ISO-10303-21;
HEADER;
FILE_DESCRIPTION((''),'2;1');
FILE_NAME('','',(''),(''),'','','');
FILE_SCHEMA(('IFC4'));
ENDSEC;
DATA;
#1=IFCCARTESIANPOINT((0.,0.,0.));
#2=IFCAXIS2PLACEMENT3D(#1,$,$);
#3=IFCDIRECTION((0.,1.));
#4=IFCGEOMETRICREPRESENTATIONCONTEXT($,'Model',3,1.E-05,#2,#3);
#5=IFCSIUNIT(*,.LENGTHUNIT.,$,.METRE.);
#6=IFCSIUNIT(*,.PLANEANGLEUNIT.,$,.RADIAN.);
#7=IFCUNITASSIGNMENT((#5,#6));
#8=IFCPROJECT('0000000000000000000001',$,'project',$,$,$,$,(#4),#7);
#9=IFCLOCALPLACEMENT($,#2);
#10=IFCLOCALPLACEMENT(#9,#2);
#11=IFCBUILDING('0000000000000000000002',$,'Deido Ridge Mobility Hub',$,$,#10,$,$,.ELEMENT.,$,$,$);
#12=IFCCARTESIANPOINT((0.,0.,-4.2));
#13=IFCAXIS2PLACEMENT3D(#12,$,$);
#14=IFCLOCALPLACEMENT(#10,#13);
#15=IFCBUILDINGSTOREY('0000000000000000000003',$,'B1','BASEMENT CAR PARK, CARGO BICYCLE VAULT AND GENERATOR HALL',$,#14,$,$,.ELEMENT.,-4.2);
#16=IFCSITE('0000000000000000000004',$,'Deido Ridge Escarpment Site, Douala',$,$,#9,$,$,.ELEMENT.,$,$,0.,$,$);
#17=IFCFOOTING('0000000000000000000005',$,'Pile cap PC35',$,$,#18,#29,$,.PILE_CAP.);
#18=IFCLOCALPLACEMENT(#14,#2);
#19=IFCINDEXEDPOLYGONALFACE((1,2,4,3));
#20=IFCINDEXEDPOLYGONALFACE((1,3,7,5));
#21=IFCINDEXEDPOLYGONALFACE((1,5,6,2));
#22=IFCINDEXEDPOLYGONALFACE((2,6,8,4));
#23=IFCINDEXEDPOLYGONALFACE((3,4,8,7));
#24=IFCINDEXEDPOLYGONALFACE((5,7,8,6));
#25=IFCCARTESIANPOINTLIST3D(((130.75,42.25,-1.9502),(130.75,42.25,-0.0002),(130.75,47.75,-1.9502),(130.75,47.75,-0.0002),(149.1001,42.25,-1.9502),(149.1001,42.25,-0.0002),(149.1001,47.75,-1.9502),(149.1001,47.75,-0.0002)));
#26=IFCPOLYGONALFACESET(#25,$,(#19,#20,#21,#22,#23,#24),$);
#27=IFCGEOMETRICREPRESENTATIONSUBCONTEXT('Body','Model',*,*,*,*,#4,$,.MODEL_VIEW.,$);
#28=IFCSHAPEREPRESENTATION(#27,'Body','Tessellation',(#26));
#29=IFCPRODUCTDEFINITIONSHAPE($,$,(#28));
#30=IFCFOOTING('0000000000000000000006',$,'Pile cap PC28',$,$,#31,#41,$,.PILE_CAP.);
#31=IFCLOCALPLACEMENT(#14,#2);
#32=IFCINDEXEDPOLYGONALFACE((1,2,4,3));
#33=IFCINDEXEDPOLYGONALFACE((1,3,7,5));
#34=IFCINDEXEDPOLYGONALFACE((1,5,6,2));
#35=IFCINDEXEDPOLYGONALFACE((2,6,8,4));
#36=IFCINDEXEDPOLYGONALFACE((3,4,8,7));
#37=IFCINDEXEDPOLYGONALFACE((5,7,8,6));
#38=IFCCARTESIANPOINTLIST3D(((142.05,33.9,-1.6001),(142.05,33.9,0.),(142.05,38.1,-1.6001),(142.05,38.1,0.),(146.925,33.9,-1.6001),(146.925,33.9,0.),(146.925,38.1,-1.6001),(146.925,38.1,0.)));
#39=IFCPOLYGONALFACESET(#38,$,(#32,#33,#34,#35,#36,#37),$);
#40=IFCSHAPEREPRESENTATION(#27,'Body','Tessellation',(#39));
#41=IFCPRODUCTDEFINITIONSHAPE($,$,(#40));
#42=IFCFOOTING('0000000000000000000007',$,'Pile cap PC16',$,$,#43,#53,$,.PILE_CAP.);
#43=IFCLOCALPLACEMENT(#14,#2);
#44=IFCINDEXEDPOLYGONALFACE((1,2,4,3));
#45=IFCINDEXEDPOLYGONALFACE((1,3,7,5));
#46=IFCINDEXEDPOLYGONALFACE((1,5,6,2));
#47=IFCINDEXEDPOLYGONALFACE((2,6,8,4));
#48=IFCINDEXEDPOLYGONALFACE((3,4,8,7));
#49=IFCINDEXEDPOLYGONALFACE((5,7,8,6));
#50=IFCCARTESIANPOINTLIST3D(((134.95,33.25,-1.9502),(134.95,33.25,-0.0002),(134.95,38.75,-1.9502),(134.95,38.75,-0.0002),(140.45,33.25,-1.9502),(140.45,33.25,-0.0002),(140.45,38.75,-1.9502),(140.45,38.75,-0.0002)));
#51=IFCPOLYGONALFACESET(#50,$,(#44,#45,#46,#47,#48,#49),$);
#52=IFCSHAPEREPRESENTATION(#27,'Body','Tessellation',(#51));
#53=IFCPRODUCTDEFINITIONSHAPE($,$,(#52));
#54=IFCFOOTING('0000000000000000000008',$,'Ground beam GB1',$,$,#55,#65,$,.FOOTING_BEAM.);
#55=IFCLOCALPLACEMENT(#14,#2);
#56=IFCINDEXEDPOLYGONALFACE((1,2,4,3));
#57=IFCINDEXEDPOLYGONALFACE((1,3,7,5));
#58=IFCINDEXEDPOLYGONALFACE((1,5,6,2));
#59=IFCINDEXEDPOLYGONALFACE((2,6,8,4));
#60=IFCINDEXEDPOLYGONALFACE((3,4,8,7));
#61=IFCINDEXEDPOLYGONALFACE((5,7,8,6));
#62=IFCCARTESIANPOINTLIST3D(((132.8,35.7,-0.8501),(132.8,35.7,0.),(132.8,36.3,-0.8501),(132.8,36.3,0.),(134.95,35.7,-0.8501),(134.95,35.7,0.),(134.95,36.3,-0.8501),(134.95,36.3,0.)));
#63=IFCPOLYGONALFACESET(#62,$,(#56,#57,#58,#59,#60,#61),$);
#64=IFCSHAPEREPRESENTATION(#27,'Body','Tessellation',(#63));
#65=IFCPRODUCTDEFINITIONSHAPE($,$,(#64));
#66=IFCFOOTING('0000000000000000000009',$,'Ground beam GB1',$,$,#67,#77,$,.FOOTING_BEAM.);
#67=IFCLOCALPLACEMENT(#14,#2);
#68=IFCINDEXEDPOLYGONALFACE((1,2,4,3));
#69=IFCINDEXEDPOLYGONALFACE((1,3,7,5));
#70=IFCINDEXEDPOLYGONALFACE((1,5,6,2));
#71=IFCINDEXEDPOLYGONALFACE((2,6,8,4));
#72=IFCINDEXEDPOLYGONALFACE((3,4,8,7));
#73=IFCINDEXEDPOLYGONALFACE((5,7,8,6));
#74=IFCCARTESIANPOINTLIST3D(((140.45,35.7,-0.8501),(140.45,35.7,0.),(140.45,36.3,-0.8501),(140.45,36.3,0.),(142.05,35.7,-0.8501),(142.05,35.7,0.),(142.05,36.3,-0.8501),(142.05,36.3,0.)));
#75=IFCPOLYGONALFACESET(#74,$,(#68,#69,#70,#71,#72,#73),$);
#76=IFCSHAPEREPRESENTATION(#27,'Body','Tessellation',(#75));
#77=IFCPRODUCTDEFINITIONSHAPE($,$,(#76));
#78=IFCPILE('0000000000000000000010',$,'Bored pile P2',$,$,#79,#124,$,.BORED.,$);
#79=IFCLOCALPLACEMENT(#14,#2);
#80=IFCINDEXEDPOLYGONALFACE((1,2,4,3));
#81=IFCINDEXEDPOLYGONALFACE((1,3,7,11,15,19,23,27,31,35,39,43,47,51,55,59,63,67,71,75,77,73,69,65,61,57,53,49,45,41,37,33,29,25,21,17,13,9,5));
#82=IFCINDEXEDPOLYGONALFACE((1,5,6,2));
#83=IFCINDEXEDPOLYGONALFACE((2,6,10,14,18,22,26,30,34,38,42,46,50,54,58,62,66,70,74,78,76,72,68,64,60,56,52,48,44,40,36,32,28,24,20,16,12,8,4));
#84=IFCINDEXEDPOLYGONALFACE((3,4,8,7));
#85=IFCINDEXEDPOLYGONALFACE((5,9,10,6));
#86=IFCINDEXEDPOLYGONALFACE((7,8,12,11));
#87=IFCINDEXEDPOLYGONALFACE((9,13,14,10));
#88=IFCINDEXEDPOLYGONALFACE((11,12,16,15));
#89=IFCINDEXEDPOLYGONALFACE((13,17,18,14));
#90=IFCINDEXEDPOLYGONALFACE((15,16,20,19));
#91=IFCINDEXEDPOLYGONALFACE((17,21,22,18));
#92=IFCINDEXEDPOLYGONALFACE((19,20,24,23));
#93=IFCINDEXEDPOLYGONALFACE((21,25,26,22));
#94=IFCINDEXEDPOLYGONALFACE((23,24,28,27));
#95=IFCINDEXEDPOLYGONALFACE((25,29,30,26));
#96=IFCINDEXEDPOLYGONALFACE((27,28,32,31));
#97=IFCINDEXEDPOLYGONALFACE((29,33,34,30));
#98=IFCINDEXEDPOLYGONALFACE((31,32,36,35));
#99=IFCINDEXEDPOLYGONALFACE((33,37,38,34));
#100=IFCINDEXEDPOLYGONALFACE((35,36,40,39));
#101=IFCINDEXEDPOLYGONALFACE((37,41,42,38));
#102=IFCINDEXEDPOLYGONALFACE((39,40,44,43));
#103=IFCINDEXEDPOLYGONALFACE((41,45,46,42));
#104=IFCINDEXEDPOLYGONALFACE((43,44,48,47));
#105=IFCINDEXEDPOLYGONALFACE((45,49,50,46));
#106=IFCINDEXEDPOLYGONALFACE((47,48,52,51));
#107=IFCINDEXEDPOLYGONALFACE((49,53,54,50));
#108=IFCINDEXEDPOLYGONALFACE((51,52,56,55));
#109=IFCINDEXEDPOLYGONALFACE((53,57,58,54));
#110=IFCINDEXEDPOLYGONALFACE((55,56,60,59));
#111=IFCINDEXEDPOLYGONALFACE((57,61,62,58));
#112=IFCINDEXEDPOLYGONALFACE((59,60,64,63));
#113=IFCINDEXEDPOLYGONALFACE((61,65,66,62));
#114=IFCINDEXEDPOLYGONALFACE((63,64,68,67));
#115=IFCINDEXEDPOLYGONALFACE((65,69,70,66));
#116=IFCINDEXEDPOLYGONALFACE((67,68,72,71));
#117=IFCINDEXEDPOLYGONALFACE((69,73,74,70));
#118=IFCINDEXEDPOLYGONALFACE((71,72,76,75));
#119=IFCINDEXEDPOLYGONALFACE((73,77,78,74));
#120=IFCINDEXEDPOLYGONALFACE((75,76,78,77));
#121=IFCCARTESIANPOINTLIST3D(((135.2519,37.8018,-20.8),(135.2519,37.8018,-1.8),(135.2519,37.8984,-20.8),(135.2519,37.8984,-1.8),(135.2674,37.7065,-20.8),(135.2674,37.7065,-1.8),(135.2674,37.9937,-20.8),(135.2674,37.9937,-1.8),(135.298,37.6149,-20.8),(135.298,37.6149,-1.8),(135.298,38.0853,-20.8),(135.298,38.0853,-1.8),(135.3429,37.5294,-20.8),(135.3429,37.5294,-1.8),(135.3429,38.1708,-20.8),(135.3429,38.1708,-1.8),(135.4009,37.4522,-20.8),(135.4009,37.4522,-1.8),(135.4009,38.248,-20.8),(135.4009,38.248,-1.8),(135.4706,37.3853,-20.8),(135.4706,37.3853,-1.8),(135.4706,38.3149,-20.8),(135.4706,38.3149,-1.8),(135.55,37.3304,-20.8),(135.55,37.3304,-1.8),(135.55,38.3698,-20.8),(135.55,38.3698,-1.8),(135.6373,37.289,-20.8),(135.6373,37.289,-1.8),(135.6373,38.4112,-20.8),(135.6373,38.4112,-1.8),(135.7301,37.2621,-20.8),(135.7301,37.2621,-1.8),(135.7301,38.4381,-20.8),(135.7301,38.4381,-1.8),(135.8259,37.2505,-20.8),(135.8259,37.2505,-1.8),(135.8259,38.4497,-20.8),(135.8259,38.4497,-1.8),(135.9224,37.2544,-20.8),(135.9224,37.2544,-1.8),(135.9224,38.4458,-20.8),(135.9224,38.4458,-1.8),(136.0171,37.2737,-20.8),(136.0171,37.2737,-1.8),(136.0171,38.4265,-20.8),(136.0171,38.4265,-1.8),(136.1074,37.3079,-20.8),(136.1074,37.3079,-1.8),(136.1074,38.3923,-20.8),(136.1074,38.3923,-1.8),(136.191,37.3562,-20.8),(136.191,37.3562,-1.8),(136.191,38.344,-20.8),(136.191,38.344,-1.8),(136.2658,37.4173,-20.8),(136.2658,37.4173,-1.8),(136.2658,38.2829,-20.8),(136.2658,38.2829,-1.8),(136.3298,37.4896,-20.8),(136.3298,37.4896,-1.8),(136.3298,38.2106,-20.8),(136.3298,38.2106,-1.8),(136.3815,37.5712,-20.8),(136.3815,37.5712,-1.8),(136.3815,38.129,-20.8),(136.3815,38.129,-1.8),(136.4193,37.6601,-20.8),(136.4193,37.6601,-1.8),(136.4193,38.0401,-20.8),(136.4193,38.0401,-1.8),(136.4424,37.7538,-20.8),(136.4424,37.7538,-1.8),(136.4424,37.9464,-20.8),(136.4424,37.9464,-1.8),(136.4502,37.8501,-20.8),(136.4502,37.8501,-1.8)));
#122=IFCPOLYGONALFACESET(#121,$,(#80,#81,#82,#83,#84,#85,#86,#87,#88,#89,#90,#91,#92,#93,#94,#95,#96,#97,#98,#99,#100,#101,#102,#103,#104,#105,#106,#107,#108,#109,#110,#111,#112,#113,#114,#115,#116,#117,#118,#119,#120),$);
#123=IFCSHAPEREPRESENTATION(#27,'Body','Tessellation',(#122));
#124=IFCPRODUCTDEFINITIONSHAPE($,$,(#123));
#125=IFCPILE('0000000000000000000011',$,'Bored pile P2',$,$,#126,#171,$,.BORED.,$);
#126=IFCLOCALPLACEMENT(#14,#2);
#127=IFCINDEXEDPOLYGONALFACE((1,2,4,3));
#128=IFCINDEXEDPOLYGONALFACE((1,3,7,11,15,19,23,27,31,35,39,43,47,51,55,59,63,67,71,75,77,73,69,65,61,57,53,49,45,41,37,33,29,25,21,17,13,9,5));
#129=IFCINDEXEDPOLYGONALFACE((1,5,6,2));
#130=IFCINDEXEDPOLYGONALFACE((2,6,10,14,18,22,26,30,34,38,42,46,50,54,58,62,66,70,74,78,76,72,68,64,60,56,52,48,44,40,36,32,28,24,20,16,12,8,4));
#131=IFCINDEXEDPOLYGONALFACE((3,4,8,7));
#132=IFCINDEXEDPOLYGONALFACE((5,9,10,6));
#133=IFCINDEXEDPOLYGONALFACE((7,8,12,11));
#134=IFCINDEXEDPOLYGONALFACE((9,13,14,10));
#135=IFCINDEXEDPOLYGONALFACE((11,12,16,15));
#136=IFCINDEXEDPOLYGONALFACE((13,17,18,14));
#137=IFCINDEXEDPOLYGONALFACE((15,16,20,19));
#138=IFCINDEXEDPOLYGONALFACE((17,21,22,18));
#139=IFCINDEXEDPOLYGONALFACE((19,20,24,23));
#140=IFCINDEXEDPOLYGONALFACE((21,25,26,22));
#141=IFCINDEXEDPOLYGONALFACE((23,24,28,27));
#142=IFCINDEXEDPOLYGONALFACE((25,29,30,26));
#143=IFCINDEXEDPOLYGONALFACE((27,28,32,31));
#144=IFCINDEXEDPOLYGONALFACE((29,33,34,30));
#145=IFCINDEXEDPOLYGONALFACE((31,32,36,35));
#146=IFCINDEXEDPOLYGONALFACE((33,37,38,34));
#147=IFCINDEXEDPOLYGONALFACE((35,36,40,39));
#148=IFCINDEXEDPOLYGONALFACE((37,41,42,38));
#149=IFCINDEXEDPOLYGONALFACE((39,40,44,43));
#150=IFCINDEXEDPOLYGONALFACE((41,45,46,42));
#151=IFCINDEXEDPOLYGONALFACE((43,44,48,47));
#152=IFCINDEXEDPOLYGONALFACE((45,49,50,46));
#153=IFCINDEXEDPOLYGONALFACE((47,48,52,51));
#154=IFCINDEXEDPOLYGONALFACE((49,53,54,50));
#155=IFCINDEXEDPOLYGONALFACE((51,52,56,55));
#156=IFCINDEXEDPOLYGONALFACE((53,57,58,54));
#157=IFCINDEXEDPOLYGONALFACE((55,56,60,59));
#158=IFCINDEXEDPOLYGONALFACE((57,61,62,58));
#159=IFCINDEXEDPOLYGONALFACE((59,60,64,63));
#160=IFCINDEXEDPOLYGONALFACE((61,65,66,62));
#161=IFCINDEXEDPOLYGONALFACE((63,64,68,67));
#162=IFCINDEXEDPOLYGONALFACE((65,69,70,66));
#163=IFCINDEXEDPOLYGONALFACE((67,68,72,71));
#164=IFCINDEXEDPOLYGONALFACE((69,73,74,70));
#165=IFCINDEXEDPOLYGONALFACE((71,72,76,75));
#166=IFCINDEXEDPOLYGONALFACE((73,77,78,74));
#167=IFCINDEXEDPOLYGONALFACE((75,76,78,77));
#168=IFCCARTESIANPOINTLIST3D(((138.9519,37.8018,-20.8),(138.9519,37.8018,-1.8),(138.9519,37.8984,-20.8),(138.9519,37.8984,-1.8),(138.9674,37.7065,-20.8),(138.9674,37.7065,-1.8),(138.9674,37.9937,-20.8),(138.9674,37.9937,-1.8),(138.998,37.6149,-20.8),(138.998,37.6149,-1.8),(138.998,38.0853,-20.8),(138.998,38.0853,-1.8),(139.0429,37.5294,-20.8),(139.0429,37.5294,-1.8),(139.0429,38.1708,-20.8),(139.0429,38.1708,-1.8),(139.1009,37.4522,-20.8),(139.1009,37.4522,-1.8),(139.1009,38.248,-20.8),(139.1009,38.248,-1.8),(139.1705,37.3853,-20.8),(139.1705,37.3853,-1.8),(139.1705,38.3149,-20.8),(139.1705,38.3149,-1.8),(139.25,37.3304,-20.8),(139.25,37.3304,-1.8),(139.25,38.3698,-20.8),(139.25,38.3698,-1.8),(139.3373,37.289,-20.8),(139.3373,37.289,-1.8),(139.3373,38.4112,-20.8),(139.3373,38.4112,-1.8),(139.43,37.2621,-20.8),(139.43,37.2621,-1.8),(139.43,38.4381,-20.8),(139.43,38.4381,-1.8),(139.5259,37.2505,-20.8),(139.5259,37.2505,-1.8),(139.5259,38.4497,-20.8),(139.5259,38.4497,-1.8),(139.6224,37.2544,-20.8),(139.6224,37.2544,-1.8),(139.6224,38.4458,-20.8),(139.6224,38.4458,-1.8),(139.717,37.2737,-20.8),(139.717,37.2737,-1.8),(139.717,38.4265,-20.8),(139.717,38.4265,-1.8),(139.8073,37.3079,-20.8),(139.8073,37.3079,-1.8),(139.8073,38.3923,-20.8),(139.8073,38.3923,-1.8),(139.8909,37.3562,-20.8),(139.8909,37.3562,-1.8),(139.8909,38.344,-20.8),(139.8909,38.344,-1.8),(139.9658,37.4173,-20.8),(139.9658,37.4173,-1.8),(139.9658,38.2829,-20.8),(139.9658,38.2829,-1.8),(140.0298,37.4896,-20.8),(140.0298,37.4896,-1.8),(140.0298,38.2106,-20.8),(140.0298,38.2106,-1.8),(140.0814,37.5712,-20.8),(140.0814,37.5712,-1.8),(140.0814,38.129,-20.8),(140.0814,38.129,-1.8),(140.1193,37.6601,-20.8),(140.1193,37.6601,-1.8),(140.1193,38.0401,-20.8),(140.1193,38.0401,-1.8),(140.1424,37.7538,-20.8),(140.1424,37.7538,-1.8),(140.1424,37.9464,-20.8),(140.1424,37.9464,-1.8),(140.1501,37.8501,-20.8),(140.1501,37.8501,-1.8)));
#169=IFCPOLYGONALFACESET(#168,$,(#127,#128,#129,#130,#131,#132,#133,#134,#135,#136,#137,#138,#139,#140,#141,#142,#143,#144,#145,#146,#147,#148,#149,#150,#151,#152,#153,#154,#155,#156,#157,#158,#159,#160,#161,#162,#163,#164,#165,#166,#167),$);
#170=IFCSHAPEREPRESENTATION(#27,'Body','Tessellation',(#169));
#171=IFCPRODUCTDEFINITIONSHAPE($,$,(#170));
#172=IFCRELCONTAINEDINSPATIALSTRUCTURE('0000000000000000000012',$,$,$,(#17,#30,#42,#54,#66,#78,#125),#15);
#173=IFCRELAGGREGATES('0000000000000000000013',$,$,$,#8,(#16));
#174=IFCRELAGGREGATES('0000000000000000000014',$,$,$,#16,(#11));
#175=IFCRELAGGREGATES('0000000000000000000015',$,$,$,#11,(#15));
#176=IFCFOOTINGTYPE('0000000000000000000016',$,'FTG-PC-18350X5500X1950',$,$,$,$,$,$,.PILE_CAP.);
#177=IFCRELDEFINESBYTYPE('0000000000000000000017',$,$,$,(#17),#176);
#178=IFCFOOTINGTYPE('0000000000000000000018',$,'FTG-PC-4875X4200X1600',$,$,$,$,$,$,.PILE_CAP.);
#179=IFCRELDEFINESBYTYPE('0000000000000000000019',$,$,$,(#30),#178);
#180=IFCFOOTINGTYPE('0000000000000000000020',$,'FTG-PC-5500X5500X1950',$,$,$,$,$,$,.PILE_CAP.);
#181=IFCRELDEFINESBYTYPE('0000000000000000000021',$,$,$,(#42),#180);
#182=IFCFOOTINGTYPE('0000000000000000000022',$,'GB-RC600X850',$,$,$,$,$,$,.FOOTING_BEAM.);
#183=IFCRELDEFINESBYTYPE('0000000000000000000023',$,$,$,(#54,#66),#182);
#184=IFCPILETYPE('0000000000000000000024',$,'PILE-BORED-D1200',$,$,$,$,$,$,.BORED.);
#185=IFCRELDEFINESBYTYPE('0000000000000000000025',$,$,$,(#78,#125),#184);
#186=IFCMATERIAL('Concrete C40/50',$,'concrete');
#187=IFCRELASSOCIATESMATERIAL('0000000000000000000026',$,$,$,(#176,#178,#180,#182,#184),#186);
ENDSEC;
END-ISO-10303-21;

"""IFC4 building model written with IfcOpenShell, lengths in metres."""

from ifc_helpers import new_model, si_unit, direction, frame, origin, origin_2d, place, context, subcontext, project, spatial, rectangle, circle, extrude, material, material_profile, profile_set, type_object, element, save


model = new_model("IFC4")

# Units and contexts
model_context = context("Model", 3, precision=1e-05, world=origin(), true_north=direction((0.0, 1.0)))
body_context = subcontext(model_context, "Body", "Model", "MODEL_VIEW")
ifc_project = project(units=[si_unit("LENGTHUNIT", "METRE"), si_unit("PLANEANGLEUNIT", "RADIAN")], contexts=[model_context])

# Site, building, storey
site_placement = place(None, origin())
site = spatial("IfcSite", under=ifc_project, at=site_placement, Name="Deido Ridge Escarpment Site, Douala", CompositionType="ELEMENT", RefElevation=0.0)
building_placement = place(site_placement, origin())
building = spatial("IfcBuilding", under=site, at=building_placement, Name="Deido Ridge Mobility Hub", CompositionType="ELEMENT")
storey_placement = place(building_placement, frame((0.0, 0.0, -4.2)))
storey = spatial("IfcBuildingStorey", under=building, at=storey_placement, Name="B1", Description="BASEMENT CAR PARK, CARGO BICYCLE VAULT AND GENERATOR HALL", CompositionType="ELEMENT", Elevation=-4.2)

# Footings
ifc_material_1 = material(Name="Concrete C40/50", Category="concrete")
footing_type_1 = type_object("IfcFootingType", Name="FTG-PC-18350X5500X1950", PredefinedType="PILE_CAP", material=ifc_material_1)
footing_1_placement = place(storey_placement, frame((139.925, 45.0, -1.9502), z_axis=(0.0, 0.0, 1.0), x_axis=(1.0, 0.0, 0.0)))
element("IfcFooting", 1, at=footing_1_placement, inside=storey, type_object=footing_type_1, Name="Pile cap PC35", PredefinedType="PILE_CAP", context=body_context, shape_type="SweptSolid", body=[
    extrude(rectangle(XDim=18.3501, YDim=5.5, at=origin_2d()), origin(), (0.0, 0.0, 1.0), 1.95),
])
footing_type_2 = type_object("IfcFootingType", Name="FTG-PC-4875X4200X1600", PredefinedType="PILE_CAP", material=ifc_material_1)
footing_2_placement = place(storey_placement, frame((144.4875, 36.0, -1.6001), z_axis=(0.0, 0.0, 1.0), x_axis=(1.0, 0.0, 0.0)))
element("IfcFooting", 2, at=footing_2_placement, inside=storey, type_object=footing_type_2, Name="Pile cap PC28", PredefinedType="PILE_CAP", context=body_context, shape_type="SweptSolid", body=[
    extrude(rectangle(XDim=4.875, YDim=4.2, at=origin_2d()), origin(), (0.0, 0.0, 1.0), 1.6001),
])
footing_type_3 = type_object("IfcFootingType", Name="FTG-PC-5500X5500X1950", PredefinedType="PILE_CAP", material=ifc_material_1)
footing_3_placement = place(storey_placement, frame((137.7, 36.0, -1.9502), z_axis=(0.0, 0.0, 1.0), x_axis=(1.0, 0.0, 0.0)))
element("IfcFooting", 3, at=footing_3_placement, inside=storey, type_object=footing_type_3, Name="Pile cap PC16", PredefinedType="PILE_CAP", context=body_context, shape_type="SweptSolid", body=[
    extrude(rectangle(XDim=5.5, YDim=5.5, at=origin_2d()), origin(), (0.0, 0.0, 1.0), 1.95),
])
ifc_material_profile_1 = material_profile(ifc_material_1, rectangle(XDim=0.6001, YDim=0.8501, at=origin_2d()), Name="RC GB 600x850")
ifc_profile_set_1 = profile_set([ifc_material_profile_1], Name="Concrete C40/50")
footing_type_4 = type_object("IfcFootingType", Name="GB-RC600X850", PredefinedType="FOOTING_BEAM", material=ifc_profile_set_1)
footing_4_placement = place(storey_placement, frame((132.8, 36.0, -0.425), z_axis=(1.0, 0.0, 0.0), x_axis=(0.0, 1.0, 0.0)))
element("IfcFooting", 4, at=footing_4_placement, inside=storey, type_object=footing_type_4, Name="Ground beam GB1", PredefinedType="FOOTING_BEAM", context=body_context, shape_type="SweptSolid", body=[
    extrude(rectangle(XDim=0.6001, YDim=0.8501, at=origin_2d()), origin(), (0.0, 0.0, 1.0), 2.1499),
])
footing_5_placement = place(storey_placement, frame((140.45, 36.0, -0.425), z_axis=(1.0, 0.0, 0.0), x_axis=(0.0, 1.0, 0.0)))
element("IfcFooting", 5, at=footing_5_placement, inside=storey, type_object=footing_type_4, Name="Ground beam GB1", PredefinedType="FOOTING_BEAM", context=body_context, shape_type="SweptSolid", body=[
    extrude(rectangle(XDim=0.6001, YDim=0.8501, at=origin_2d()), origin(), (0.0, 0.0, 1.0), 1.6001),
])

# Piles
ifc_material_profile_2 = material_profile(ifc_material_1, circle(Radius=0.6001, at=origin_2d()), Name="BORED PILE D1200")
ifc_profile_set_2 = profile_set([ifc_material_profile_2], Name="Concrete C40/50")
pile_type_1 = type_object("IfcPileType", Name="PILE-BORED-D1200", PredefinedType="BORED", material=ifc_profile_set_2)
for number, where, z_axis, x_axis, name in (
    (6, (135.8501, 37.8501, -1.8), (0.0, 0.0, -1.0), (1.0, 0.0, 0.0), "Bored pile P2"),
    (7, (139.55, 37.8501, -1.8), (0.0, 0.0, -1.0), (1.0, 0.0, 0.0), "Bored pile P2"),
):
    element("IfcPile", number, at=place(storey_placement, frame(where, z_axis=z_axis, x_axis=x_axis)), inside=storey, type_object=pile_type_1, Name=name, PredefinedType="BORED", context=body_context, shape_type="SweptSolid", body=[
        extrude(circle(Radius=0.6001, at=origin_2d()), origin(), (0.0, 0.0, 1.0), 19.0),
    ])

save(model, "model.ifc")
